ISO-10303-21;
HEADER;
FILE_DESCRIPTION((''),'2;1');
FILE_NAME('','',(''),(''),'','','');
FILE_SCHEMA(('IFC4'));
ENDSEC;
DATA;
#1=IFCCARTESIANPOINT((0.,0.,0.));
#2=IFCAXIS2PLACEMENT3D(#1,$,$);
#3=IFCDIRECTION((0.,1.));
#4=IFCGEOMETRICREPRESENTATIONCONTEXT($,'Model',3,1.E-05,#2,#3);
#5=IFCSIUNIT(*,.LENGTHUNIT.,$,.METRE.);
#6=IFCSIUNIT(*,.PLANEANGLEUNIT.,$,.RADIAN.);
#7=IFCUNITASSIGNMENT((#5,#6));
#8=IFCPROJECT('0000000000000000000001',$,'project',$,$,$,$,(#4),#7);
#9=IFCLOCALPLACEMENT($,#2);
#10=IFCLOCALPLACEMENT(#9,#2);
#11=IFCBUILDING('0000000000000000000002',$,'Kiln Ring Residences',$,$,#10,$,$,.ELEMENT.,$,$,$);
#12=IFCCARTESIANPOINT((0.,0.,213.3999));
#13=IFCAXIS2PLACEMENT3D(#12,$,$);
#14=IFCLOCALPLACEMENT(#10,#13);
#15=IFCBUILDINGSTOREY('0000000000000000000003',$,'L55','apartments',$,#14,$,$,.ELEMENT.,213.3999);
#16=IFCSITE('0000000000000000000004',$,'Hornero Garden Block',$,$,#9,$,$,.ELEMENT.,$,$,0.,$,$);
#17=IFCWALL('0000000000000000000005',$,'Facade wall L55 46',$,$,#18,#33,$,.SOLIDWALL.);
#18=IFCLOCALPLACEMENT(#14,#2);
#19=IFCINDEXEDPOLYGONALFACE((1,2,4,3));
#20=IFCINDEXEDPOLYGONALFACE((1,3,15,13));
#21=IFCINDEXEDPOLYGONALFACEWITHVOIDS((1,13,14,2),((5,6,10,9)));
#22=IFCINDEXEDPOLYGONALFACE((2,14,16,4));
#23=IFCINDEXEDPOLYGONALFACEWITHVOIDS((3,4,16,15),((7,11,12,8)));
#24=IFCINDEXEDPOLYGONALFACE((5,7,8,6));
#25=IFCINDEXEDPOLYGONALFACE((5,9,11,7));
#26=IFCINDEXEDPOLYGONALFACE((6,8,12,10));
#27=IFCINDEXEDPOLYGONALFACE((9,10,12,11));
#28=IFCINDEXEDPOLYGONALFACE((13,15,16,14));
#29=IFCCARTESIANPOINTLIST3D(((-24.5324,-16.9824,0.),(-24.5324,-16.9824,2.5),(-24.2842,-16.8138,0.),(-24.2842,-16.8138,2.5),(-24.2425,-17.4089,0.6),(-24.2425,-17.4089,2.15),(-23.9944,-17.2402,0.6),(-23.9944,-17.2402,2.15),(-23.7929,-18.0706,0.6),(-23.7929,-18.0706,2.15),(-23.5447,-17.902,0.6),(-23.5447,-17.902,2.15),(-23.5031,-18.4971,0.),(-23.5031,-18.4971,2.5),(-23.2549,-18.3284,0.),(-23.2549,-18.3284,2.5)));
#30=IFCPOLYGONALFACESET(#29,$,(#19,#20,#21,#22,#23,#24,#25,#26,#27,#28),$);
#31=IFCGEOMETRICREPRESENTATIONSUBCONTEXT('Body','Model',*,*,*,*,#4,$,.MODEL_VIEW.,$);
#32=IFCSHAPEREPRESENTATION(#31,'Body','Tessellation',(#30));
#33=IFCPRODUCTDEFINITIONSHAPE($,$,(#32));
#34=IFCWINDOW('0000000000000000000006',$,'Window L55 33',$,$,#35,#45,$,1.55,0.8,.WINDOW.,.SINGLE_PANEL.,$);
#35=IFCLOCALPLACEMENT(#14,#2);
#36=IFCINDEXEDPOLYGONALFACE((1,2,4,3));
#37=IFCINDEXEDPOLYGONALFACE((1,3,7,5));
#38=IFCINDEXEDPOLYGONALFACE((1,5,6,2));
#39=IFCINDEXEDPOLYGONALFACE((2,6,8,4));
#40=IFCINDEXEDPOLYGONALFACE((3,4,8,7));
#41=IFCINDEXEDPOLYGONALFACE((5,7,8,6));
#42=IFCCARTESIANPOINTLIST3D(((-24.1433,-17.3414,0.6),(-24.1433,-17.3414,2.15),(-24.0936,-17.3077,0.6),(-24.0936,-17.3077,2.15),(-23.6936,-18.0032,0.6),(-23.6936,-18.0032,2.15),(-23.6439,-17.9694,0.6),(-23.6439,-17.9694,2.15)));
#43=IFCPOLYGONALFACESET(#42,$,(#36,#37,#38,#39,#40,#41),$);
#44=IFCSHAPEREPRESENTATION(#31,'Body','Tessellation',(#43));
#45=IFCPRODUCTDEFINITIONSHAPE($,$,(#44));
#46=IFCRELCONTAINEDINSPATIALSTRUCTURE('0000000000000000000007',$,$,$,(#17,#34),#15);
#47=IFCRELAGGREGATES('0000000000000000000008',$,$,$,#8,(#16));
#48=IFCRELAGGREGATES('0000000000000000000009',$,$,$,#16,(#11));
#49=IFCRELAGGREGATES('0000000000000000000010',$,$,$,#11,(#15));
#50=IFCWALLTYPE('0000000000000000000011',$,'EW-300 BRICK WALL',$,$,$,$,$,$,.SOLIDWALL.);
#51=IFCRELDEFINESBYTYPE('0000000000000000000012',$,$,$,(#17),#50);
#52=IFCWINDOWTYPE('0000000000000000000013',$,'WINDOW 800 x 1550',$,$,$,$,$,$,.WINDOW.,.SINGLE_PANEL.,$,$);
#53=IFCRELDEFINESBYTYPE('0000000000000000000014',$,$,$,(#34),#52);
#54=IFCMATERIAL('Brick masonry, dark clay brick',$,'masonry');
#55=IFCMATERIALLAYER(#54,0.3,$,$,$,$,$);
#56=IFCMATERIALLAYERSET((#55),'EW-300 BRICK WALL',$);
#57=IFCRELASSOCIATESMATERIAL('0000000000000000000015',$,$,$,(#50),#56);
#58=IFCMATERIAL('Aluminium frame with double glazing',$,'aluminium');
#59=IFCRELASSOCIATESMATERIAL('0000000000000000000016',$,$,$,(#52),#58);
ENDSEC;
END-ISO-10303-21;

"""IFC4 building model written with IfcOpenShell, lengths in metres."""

from ifc_helpers import new_model, si_unit, direction, frame, frame_2d, origin, place, context, subcontext, project, spatial, rectangle, extrude, material, layer, layer_set, type_object, element, fill, save


model = new_model("IFC4")

# Units and contexts
model_context = context("Model", 3, precision=1e-05, world=origin(), true_north=direction((0.0, 1.0)))
body_context = subcontext(model_context, "Body", "Model", "MODEL_VIEW")
ifc_project = project(units=[si_unit("LENGTHUNIT", "METRE"), si_unit("PLANEANGLEUNIT", "RADIAN")], contexts=[model_context])

# Site, building, storey
site_placement = place(None, origin())
site = spatial("IfcSite", under=ifc_project, at=site_placement, Name="Hornero Garden Block", CompositionType="ELEMENT", RefElevation=0.0)
building_placement = place(site_placement, origin())
building = spatial("IfcBuilding", under=site, at=building_placement, Name="Kiln Ring Residences", CompositionType="ELEMENT")
storey_placement = place(building_placement, frame((0.0, 0.0, 213.3999)))
storey = spatial("IfcBuildingStorey", under=building, at=storey_placement, Name="L55", Description="apartments", CompositionType="ELEMENT", Elevation=213.3999)

# Wall, opening, window
ifc_material_1 = material(Name="Brick masonry, dark clay brick", Category="masonry")
ifc_layer_1 = layer(ifc_material_1, 0.3)
ifc_layer_set_1 = layer_set([ifc_layer_1], Name="EW-300 BRICK WALL")
wall_type_1 = type_object("IfcWallType", Name="EW-300 BRICK WALL", PredefinedType="SOLIDWALL", material=ifc_layer_set_1)
wall_1_placement = place(storey_placement, frame((-24.4082, -16.8982, 0.0), z_axis=(0.0, 0.0, 1.0), x_axis=(0.562062, -0.827095, 0.0)))
wall_1 = element("IfcWall", 1, at=wall_1_placement, inside=storey, type_object=wall_type_1, Name="Facade wall L55 46", PredefinedType="SOLIDWALL", context=body_context, shape_type="SweptSolid", body=[
    extrude(rectangle(XDim=1.8313, YDim=0.3, at=frame_2d((0.9155, 0.0))), origin(), (0.0, 0.0, 1.0), 2.5),
])
opening_1_placement = place(wall_1_placement, frame((0.5156, 0.0, 0.6001)))
opening_1 = element("IfcOpeningElement", 2, at=opening_1_placement, cuts=wall_1, PredefinedType="OPENING", context=body_context, shape_type="SweptSolid", body=[
    extrude(rectangle(XDim=0.8, YDim=1.55, at=frame_2d((0.3999, 0.7749))), frame((0.0, 0.1599, 0.0), z_axis=(0.0, -1.0, 0.0), x_axis=(1.0, 0.0, 0.0)), (0.0, 0.0, 1.0), 0.3201),
])
ifc_material_2 = material(Name="Aluminium frame with double glazing", Category="aluminium")
window_type = type_object("IfcWindowType", Name="WINDOW 800 x 1550", PartitioningType="SINGLE_PANEL", PredefinedType="WINDOW", material=ifc_material_2)
window_placement = place(opening_1_placement, origin())
window = element("IfcWindow", 3, at=window_placement, inside=storey, type_object=window_type, Name="Window L55 33", OverallHeight=1.55, OverallWidth=0.8, PartitioningType="SINGLE_PANEL", PredefinedType="WINDOW", context=body_context, shape_type="SweptSolid", body=[
    extrude(rectangle(XDim=0.8, YDim=1.55, at=frame_2d((0.3999, 0.7749))), frame((0.0, 0.03, 0.0), z_axis=(0.0, -1.0, 0.0), x_axis=(1.0, 0.0, 0.0)), (0.0, 0.0, 1.0), 0.0601),
])
fill(opening_1, window)

save(model, "model.ifc")
